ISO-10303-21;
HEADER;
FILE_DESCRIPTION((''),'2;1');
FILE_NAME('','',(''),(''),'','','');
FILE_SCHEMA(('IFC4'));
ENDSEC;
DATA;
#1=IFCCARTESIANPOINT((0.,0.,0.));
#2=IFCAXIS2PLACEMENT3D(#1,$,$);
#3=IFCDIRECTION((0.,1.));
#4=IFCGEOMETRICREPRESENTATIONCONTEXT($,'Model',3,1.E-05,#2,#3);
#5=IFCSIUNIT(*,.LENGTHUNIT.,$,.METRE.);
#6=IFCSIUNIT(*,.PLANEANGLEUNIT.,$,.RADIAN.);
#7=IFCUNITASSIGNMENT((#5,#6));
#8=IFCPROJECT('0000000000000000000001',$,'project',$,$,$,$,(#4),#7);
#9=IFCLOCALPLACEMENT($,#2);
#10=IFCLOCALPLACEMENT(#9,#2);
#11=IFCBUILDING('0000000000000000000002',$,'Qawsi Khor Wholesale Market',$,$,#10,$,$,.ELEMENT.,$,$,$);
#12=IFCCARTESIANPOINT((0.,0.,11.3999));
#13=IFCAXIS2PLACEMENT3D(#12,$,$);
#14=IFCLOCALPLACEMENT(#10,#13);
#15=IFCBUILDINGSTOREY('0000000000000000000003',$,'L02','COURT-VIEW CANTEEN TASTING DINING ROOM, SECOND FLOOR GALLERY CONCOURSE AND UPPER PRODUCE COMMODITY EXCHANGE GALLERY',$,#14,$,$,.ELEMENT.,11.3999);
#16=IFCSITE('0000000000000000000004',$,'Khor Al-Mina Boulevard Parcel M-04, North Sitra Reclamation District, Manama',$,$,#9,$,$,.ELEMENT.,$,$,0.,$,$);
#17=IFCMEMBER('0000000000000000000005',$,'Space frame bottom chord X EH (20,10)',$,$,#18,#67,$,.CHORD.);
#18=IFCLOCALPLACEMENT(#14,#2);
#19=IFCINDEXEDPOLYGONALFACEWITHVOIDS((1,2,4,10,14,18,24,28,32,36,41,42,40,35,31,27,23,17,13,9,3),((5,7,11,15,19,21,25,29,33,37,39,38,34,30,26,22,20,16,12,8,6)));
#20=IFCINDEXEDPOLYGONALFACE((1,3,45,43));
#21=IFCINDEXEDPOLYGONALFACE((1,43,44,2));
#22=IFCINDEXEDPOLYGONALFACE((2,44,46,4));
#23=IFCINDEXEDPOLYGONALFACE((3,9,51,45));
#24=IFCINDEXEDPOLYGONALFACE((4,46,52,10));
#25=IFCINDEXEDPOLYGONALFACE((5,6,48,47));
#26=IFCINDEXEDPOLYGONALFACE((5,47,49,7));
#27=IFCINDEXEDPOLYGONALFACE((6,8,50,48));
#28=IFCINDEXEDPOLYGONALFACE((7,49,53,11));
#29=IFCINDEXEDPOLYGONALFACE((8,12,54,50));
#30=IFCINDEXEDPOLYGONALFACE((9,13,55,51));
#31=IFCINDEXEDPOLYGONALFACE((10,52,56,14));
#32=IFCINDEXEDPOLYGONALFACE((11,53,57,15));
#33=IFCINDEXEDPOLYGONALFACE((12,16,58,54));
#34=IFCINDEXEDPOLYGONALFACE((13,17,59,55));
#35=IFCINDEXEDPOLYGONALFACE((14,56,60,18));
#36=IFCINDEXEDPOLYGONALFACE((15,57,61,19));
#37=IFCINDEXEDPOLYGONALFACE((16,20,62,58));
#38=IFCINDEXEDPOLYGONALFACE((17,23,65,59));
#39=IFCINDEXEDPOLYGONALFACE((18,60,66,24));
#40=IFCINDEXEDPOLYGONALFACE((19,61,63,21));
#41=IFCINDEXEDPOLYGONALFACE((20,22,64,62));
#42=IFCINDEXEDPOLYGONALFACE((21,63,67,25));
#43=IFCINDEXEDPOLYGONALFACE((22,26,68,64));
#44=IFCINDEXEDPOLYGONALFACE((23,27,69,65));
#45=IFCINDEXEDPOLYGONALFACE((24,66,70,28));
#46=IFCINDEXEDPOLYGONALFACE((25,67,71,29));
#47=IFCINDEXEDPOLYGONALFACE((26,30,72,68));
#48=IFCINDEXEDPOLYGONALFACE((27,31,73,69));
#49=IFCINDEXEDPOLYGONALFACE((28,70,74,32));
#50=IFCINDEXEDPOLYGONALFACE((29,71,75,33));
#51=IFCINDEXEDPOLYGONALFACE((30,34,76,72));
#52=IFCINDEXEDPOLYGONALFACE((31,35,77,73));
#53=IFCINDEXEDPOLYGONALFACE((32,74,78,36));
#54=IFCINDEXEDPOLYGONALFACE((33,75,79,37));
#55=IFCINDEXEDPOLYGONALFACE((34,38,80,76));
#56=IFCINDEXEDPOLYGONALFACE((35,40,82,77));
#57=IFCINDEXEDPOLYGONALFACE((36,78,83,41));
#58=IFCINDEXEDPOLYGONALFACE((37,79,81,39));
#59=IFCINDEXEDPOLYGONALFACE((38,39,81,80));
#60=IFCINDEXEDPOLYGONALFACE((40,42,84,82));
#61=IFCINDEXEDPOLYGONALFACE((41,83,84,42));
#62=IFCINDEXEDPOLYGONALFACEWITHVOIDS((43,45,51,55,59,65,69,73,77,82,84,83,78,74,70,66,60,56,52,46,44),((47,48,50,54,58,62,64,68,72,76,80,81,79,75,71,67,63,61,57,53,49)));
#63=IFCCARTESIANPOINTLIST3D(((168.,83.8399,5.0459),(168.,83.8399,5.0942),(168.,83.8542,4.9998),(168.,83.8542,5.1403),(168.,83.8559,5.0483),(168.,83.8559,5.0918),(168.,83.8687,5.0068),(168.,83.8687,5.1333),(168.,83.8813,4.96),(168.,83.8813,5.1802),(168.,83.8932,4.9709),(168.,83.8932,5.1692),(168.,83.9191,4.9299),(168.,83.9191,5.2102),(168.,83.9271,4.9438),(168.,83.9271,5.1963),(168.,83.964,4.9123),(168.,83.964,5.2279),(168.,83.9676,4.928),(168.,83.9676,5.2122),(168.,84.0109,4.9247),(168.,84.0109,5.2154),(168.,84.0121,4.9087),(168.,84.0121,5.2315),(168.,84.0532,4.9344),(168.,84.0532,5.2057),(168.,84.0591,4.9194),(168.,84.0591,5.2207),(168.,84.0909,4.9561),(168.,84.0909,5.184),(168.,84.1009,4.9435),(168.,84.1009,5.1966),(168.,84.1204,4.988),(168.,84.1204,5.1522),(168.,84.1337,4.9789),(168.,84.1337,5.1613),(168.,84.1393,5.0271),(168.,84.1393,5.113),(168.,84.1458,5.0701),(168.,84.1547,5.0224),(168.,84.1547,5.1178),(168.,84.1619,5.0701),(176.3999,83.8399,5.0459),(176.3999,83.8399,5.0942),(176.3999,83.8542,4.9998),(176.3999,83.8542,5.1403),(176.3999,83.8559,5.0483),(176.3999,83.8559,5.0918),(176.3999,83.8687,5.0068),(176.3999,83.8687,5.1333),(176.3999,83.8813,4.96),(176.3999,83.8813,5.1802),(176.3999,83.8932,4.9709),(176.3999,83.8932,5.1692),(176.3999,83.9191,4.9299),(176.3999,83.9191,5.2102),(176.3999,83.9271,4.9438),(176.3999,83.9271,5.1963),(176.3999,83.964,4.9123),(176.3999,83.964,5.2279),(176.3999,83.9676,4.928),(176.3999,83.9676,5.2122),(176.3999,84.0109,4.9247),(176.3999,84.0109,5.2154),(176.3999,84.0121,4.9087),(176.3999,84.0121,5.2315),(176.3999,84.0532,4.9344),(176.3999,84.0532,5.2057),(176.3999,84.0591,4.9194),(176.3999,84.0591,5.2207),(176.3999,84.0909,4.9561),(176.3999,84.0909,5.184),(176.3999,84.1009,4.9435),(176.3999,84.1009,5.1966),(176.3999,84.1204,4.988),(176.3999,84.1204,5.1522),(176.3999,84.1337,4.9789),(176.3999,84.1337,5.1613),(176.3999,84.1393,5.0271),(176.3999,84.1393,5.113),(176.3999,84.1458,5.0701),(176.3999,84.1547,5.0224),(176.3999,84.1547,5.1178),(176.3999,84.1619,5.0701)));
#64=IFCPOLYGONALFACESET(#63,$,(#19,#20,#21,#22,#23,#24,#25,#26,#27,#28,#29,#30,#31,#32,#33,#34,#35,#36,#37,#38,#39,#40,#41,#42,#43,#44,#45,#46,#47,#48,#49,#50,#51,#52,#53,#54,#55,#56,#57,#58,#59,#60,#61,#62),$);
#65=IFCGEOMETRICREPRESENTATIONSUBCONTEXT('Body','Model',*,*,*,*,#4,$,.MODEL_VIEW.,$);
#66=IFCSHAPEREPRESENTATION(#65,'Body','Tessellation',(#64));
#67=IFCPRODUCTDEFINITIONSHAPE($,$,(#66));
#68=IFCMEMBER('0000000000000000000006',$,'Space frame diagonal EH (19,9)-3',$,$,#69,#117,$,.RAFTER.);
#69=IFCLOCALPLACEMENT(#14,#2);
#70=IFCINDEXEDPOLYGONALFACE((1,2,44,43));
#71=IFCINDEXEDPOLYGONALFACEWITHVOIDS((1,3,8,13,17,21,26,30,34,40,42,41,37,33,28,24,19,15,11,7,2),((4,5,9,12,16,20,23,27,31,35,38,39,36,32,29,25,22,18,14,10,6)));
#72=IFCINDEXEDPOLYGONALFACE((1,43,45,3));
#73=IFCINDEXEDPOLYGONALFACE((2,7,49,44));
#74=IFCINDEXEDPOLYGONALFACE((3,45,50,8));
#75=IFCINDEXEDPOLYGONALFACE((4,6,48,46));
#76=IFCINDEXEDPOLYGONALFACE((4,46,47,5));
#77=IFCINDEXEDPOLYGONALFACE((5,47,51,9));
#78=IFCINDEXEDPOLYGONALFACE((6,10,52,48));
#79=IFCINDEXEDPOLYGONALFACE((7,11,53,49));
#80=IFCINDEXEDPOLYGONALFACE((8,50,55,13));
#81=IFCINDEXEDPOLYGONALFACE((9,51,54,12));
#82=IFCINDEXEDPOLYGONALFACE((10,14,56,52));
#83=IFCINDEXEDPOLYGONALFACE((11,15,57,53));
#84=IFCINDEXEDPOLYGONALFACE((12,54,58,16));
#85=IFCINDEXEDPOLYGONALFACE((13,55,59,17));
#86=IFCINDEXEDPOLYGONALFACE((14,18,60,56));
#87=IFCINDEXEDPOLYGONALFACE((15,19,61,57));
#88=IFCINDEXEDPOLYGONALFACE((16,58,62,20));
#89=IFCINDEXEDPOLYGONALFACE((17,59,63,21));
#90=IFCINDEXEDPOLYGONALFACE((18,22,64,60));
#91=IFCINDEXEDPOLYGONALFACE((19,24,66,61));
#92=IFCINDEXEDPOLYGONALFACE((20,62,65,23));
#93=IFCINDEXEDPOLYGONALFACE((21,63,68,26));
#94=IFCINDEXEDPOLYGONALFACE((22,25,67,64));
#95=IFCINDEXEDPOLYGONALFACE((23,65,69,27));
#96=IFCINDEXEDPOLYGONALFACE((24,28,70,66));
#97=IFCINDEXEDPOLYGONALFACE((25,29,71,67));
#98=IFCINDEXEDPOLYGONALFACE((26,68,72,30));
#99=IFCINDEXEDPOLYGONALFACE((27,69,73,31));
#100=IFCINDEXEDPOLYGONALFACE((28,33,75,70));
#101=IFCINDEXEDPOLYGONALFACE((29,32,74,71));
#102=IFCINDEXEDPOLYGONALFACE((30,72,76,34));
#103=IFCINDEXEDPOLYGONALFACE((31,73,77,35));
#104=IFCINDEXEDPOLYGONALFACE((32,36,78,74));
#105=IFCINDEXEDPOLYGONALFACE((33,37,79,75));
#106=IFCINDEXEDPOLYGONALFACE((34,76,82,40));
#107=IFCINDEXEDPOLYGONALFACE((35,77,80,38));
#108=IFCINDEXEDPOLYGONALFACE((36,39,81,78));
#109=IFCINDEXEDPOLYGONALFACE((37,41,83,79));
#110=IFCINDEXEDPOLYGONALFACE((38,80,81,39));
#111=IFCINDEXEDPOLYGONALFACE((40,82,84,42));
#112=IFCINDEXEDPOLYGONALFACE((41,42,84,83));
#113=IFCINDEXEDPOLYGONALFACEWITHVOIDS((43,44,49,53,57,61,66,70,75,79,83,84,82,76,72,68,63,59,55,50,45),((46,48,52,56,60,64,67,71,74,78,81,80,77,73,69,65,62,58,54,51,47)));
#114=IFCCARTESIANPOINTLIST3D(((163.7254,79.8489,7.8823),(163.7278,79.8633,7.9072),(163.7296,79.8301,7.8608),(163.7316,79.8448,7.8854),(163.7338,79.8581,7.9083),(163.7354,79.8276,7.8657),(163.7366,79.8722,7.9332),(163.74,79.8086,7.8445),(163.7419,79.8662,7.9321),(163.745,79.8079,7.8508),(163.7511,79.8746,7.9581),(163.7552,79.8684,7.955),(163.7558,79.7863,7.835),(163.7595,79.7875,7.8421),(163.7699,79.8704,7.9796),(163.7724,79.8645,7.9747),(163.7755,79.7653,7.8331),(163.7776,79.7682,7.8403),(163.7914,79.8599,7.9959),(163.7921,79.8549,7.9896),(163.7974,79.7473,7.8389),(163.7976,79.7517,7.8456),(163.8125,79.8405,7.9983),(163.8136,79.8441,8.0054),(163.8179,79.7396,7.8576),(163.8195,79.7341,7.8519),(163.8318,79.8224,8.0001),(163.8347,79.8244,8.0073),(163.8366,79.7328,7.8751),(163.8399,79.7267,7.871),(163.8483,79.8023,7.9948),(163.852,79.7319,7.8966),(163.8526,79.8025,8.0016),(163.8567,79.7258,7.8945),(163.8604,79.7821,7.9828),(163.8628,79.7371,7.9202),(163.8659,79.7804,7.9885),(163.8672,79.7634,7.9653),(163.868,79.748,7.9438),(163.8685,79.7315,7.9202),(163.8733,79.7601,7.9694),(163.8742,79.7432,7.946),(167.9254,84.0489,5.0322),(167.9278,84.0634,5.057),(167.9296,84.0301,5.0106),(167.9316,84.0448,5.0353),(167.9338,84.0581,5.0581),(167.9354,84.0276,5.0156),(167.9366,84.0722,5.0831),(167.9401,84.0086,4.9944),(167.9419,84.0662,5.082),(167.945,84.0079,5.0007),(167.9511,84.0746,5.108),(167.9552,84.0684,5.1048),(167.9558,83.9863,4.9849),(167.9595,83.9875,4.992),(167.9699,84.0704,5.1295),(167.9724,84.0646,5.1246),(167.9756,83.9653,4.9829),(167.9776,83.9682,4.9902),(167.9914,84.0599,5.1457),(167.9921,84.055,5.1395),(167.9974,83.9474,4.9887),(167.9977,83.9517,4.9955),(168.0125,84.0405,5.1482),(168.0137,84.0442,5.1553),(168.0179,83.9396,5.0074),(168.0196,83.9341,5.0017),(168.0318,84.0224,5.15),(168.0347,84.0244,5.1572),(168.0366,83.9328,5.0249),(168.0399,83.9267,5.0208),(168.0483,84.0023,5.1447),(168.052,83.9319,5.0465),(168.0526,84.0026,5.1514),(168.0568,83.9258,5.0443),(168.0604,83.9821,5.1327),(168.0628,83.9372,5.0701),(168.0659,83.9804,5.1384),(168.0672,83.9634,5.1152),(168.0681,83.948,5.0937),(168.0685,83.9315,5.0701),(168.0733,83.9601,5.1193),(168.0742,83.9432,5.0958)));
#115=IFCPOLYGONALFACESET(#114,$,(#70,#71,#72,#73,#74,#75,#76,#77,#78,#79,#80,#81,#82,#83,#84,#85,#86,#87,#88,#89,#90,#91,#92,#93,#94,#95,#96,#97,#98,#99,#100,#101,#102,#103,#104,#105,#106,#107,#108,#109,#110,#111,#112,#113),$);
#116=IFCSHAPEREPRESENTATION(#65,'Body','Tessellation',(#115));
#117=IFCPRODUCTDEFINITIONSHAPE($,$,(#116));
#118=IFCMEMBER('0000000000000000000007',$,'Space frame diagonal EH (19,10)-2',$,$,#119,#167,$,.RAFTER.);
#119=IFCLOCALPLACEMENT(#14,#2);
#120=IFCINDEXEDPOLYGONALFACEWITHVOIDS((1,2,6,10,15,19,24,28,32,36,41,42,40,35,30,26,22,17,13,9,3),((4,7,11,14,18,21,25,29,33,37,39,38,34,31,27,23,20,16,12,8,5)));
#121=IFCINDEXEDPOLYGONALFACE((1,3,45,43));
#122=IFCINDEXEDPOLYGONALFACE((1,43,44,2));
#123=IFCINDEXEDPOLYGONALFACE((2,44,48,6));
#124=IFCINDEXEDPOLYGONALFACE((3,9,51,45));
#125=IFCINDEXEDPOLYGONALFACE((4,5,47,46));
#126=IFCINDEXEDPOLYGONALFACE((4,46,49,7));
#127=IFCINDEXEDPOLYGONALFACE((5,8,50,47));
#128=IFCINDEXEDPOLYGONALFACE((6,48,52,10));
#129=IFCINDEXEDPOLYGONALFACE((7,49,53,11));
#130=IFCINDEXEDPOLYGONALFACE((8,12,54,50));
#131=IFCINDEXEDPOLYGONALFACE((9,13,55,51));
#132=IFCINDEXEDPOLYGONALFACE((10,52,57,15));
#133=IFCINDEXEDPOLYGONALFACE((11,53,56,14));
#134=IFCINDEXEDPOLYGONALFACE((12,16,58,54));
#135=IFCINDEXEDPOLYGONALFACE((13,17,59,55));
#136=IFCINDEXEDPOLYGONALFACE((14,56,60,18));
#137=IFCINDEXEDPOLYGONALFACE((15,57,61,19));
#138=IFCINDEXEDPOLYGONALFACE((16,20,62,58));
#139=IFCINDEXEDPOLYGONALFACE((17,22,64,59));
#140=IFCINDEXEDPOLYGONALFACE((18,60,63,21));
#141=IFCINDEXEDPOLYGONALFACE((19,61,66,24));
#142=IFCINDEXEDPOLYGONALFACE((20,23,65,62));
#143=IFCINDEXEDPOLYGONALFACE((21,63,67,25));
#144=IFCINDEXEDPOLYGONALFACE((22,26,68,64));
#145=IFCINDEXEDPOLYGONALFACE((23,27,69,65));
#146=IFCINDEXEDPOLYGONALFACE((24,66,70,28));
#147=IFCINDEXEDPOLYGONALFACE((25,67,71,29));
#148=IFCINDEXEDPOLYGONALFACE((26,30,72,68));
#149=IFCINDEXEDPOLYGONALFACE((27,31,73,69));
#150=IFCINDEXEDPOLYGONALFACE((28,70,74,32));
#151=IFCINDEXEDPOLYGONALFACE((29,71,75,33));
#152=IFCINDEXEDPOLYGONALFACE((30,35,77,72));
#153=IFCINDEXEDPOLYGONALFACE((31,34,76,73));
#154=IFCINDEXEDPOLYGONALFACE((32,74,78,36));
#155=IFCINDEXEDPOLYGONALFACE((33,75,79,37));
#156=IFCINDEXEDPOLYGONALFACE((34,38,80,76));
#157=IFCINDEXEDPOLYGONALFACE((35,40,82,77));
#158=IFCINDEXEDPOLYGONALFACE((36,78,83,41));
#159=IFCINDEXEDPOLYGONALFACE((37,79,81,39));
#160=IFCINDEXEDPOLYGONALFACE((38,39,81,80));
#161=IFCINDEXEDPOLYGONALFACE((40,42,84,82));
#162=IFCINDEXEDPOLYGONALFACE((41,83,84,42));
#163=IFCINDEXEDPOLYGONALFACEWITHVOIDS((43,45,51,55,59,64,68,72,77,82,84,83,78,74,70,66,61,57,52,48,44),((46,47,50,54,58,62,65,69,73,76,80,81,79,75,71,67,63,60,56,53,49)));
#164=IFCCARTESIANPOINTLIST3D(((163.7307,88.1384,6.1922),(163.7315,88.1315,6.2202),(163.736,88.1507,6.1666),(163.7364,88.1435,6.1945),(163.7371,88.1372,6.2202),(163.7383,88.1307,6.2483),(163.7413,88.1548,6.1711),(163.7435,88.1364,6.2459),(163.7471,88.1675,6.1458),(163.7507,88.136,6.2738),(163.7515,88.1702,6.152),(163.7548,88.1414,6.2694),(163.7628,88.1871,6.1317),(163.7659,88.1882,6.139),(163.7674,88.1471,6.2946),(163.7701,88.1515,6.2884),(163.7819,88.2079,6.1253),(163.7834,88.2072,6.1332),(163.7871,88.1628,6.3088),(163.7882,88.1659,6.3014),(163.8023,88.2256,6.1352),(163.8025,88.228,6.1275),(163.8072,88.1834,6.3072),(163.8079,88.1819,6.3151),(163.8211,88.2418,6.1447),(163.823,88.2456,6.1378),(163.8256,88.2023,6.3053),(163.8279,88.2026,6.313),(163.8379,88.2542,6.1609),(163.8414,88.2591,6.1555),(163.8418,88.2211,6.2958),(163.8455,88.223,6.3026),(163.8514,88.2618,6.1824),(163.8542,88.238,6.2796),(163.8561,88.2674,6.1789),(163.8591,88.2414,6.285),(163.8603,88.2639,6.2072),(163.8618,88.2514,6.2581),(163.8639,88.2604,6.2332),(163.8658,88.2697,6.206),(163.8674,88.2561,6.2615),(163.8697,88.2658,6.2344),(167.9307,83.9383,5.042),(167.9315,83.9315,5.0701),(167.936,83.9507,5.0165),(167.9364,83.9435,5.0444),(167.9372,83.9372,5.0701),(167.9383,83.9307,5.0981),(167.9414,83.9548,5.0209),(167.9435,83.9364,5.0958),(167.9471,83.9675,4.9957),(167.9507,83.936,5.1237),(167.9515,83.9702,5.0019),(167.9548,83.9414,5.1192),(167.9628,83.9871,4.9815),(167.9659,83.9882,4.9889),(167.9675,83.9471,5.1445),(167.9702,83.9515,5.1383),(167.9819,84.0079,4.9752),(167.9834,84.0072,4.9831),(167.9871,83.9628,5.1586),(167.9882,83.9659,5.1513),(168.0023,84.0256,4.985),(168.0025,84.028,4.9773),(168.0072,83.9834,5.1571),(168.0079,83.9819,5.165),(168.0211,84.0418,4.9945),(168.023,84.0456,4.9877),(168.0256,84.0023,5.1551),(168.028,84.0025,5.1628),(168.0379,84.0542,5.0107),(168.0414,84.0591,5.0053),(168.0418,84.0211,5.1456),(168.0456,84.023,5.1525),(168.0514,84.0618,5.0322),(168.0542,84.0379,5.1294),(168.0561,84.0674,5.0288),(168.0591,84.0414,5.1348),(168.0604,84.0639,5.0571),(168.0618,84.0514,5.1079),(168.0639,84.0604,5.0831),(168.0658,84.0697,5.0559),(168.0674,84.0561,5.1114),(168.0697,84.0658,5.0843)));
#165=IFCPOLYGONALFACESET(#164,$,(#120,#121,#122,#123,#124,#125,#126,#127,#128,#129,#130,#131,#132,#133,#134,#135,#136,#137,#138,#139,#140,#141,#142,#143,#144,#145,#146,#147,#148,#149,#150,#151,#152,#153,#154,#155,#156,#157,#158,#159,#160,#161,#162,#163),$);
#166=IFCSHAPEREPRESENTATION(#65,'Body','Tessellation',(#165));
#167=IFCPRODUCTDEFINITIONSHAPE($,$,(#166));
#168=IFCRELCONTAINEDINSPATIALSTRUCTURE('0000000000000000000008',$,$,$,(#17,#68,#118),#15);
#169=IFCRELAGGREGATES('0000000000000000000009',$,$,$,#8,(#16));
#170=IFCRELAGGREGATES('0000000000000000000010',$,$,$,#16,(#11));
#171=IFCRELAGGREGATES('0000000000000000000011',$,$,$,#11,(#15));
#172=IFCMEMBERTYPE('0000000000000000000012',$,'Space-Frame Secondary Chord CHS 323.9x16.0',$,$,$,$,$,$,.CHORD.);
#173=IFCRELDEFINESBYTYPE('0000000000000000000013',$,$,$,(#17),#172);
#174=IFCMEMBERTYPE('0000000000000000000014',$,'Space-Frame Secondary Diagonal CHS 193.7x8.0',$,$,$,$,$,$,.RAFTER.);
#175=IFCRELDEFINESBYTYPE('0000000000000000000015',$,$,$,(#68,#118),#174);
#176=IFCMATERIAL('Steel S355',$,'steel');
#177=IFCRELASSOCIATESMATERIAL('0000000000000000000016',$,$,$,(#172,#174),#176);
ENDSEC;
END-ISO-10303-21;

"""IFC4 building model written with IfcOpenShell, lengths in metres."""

from ifc_helpers import new_model, si_unit, direction, frame, origin, origin_2d, place, context, subcontext, project, spatial, hollow_circle, extrude, material, material_profile, profile_set, type_object, element, save


model = new_model("IFC4")

# Units and contexts
model_context = context("Model", 3, precision=1e-05, world=origin(), true_north=direction((0.0, 1.0)))
body_context = subcontext(model_context, "Body", "Model", "MODEL_VIEW")
ifc_project = project(units=[si_unit("LENGTHUNIT", "METRE"), si_unit("PLANEANGLEUNIT", "RADIAN")], contexts=[model_context])

# Site, building, storey
site_placement = place(None, origin())
site = spatial("IfcSite", under=ifc_project, at=site_placement, Name="Khor Al-Mina Boulevard Parcel M-04, North Sitra Reclamation District, Manama", CompositionType="ELEMENT", RefElevation=0.0)
building_placement = place(site_placement, origin())
building = spatial("IfcBuilding", under=site, at=building_placement, Name="Qawsi Khor Wholesale Market", CompositionType="ELEMENT")
storey_placement = place(building_placement, frame((0.0, 0.0, 11.3999)))
storey = spatial("IfcBuildingStorey", under=building, at=storey_placement, Name="L02", Description="COURT-VIEW CANTEEN TASTING DINING ROOM, SECOND FLOOR GALLERY CONCOURSE AND UPPER PRODUCE COMMODITY EXCHANGE GALLERY", CompositionType="ELEMENT", Elevation=11.3999)

# Members
ifc_material_1 = material(Name="Steel S355", Category="steel")
ifc_material_profile_1 = material_profile(ifc_material_1, hollow_circle(Radius=0.1619, WallThickness=0.0161, at=origin_2d()), Name="CHS 323.9x16.0")
ifc_profile_set_1 = profile_set([ifc_material_profile_1], Name="Steel S355")
member_type_1 = type_object("IfcMemberType", Name="Space-Frame Secondary Chord CHS 323.9x16.0", PredefinedType="CHORD", material=ifc_profile_set_1)
member_1_placement = place(storey_placement, frame((168.0, 84.0, 5.0701), z_axis=(1.0, 0.0, 0.0), x_axis=(0.0, 1.0, 0.0)))
element("IfcMember", 1, at=member_1_placement, inside=storey, type_object=member_type_1, Name="Space frame bottom chord X EH (20,10)", PredefinedType="CHORD", context=body_context, shape_type="SweptSolid", body=[
    extrude(hollow_circle(Radius=0.1619, WallThickness=0.0161, at=origin_2d()), origin(), (0.0, 0.0, 1.0), 8.3999),
])
ifc_material_profile_2 = material_profile(ifc_material_1, hollow_circle(Radius=0.0969, WallThickness=0.0081, at=origin_2d()), Name="CHS 193.7x8.0")
ifc_profile_set_2 = profile_set([ifc_material_profile_2], Name="Steel S355")
member_type_2 = type_object("IfcMemberType", Name="Space-Frame Secondary Diagonal CHS 193.7x8.0", PredefinedType="RAFTER", material=ifc_profile_set_2)
member_2_placement = place(storey_placement, frame((168.0, 84.0, 5.0701), z_axis=(-0.637512, -0.637512, 0.432617), x_axis=(0.707107, -0.707107, 0.0)))
element("IfcMember", 2, at=member_2_placement, inside=storey, type_object=member_type_2, Name="Space frame diagonal EH (19,9)-3", PredefinedType="RAFTER", context=body_context, shape_type="SweptSolid", body=[
    extrude(hollow_circle(Radius=0.0969, WallThickness=0.0081, at=origin_2d()), origin(), (0.0, 0.0, 1.0), 6.5881),
])
member_3_placement = place(storey_placement, frame((168.0, 84.0, 5.0701), z_axis=(-0.694211, 0.694211, 0.190108), x_axis=(-0.707107, -0.707107, 0.0)))
element("IfcMember", 3, at=member_3_placement, inside=storey, type_object=member_type_2, Name="Space frame diagonal EH (19,10)-2", PredefinedType="RAFTER", context=body_context, shape_type="SweptSolid", body=[
    extrude(hollow_circle(Radius=0.0969, WallThickness=0.0081, at=origin_2d()), origin(), (0.0, 0.0, 1.0), 6.05),
])

save(model, "model.ifc")
